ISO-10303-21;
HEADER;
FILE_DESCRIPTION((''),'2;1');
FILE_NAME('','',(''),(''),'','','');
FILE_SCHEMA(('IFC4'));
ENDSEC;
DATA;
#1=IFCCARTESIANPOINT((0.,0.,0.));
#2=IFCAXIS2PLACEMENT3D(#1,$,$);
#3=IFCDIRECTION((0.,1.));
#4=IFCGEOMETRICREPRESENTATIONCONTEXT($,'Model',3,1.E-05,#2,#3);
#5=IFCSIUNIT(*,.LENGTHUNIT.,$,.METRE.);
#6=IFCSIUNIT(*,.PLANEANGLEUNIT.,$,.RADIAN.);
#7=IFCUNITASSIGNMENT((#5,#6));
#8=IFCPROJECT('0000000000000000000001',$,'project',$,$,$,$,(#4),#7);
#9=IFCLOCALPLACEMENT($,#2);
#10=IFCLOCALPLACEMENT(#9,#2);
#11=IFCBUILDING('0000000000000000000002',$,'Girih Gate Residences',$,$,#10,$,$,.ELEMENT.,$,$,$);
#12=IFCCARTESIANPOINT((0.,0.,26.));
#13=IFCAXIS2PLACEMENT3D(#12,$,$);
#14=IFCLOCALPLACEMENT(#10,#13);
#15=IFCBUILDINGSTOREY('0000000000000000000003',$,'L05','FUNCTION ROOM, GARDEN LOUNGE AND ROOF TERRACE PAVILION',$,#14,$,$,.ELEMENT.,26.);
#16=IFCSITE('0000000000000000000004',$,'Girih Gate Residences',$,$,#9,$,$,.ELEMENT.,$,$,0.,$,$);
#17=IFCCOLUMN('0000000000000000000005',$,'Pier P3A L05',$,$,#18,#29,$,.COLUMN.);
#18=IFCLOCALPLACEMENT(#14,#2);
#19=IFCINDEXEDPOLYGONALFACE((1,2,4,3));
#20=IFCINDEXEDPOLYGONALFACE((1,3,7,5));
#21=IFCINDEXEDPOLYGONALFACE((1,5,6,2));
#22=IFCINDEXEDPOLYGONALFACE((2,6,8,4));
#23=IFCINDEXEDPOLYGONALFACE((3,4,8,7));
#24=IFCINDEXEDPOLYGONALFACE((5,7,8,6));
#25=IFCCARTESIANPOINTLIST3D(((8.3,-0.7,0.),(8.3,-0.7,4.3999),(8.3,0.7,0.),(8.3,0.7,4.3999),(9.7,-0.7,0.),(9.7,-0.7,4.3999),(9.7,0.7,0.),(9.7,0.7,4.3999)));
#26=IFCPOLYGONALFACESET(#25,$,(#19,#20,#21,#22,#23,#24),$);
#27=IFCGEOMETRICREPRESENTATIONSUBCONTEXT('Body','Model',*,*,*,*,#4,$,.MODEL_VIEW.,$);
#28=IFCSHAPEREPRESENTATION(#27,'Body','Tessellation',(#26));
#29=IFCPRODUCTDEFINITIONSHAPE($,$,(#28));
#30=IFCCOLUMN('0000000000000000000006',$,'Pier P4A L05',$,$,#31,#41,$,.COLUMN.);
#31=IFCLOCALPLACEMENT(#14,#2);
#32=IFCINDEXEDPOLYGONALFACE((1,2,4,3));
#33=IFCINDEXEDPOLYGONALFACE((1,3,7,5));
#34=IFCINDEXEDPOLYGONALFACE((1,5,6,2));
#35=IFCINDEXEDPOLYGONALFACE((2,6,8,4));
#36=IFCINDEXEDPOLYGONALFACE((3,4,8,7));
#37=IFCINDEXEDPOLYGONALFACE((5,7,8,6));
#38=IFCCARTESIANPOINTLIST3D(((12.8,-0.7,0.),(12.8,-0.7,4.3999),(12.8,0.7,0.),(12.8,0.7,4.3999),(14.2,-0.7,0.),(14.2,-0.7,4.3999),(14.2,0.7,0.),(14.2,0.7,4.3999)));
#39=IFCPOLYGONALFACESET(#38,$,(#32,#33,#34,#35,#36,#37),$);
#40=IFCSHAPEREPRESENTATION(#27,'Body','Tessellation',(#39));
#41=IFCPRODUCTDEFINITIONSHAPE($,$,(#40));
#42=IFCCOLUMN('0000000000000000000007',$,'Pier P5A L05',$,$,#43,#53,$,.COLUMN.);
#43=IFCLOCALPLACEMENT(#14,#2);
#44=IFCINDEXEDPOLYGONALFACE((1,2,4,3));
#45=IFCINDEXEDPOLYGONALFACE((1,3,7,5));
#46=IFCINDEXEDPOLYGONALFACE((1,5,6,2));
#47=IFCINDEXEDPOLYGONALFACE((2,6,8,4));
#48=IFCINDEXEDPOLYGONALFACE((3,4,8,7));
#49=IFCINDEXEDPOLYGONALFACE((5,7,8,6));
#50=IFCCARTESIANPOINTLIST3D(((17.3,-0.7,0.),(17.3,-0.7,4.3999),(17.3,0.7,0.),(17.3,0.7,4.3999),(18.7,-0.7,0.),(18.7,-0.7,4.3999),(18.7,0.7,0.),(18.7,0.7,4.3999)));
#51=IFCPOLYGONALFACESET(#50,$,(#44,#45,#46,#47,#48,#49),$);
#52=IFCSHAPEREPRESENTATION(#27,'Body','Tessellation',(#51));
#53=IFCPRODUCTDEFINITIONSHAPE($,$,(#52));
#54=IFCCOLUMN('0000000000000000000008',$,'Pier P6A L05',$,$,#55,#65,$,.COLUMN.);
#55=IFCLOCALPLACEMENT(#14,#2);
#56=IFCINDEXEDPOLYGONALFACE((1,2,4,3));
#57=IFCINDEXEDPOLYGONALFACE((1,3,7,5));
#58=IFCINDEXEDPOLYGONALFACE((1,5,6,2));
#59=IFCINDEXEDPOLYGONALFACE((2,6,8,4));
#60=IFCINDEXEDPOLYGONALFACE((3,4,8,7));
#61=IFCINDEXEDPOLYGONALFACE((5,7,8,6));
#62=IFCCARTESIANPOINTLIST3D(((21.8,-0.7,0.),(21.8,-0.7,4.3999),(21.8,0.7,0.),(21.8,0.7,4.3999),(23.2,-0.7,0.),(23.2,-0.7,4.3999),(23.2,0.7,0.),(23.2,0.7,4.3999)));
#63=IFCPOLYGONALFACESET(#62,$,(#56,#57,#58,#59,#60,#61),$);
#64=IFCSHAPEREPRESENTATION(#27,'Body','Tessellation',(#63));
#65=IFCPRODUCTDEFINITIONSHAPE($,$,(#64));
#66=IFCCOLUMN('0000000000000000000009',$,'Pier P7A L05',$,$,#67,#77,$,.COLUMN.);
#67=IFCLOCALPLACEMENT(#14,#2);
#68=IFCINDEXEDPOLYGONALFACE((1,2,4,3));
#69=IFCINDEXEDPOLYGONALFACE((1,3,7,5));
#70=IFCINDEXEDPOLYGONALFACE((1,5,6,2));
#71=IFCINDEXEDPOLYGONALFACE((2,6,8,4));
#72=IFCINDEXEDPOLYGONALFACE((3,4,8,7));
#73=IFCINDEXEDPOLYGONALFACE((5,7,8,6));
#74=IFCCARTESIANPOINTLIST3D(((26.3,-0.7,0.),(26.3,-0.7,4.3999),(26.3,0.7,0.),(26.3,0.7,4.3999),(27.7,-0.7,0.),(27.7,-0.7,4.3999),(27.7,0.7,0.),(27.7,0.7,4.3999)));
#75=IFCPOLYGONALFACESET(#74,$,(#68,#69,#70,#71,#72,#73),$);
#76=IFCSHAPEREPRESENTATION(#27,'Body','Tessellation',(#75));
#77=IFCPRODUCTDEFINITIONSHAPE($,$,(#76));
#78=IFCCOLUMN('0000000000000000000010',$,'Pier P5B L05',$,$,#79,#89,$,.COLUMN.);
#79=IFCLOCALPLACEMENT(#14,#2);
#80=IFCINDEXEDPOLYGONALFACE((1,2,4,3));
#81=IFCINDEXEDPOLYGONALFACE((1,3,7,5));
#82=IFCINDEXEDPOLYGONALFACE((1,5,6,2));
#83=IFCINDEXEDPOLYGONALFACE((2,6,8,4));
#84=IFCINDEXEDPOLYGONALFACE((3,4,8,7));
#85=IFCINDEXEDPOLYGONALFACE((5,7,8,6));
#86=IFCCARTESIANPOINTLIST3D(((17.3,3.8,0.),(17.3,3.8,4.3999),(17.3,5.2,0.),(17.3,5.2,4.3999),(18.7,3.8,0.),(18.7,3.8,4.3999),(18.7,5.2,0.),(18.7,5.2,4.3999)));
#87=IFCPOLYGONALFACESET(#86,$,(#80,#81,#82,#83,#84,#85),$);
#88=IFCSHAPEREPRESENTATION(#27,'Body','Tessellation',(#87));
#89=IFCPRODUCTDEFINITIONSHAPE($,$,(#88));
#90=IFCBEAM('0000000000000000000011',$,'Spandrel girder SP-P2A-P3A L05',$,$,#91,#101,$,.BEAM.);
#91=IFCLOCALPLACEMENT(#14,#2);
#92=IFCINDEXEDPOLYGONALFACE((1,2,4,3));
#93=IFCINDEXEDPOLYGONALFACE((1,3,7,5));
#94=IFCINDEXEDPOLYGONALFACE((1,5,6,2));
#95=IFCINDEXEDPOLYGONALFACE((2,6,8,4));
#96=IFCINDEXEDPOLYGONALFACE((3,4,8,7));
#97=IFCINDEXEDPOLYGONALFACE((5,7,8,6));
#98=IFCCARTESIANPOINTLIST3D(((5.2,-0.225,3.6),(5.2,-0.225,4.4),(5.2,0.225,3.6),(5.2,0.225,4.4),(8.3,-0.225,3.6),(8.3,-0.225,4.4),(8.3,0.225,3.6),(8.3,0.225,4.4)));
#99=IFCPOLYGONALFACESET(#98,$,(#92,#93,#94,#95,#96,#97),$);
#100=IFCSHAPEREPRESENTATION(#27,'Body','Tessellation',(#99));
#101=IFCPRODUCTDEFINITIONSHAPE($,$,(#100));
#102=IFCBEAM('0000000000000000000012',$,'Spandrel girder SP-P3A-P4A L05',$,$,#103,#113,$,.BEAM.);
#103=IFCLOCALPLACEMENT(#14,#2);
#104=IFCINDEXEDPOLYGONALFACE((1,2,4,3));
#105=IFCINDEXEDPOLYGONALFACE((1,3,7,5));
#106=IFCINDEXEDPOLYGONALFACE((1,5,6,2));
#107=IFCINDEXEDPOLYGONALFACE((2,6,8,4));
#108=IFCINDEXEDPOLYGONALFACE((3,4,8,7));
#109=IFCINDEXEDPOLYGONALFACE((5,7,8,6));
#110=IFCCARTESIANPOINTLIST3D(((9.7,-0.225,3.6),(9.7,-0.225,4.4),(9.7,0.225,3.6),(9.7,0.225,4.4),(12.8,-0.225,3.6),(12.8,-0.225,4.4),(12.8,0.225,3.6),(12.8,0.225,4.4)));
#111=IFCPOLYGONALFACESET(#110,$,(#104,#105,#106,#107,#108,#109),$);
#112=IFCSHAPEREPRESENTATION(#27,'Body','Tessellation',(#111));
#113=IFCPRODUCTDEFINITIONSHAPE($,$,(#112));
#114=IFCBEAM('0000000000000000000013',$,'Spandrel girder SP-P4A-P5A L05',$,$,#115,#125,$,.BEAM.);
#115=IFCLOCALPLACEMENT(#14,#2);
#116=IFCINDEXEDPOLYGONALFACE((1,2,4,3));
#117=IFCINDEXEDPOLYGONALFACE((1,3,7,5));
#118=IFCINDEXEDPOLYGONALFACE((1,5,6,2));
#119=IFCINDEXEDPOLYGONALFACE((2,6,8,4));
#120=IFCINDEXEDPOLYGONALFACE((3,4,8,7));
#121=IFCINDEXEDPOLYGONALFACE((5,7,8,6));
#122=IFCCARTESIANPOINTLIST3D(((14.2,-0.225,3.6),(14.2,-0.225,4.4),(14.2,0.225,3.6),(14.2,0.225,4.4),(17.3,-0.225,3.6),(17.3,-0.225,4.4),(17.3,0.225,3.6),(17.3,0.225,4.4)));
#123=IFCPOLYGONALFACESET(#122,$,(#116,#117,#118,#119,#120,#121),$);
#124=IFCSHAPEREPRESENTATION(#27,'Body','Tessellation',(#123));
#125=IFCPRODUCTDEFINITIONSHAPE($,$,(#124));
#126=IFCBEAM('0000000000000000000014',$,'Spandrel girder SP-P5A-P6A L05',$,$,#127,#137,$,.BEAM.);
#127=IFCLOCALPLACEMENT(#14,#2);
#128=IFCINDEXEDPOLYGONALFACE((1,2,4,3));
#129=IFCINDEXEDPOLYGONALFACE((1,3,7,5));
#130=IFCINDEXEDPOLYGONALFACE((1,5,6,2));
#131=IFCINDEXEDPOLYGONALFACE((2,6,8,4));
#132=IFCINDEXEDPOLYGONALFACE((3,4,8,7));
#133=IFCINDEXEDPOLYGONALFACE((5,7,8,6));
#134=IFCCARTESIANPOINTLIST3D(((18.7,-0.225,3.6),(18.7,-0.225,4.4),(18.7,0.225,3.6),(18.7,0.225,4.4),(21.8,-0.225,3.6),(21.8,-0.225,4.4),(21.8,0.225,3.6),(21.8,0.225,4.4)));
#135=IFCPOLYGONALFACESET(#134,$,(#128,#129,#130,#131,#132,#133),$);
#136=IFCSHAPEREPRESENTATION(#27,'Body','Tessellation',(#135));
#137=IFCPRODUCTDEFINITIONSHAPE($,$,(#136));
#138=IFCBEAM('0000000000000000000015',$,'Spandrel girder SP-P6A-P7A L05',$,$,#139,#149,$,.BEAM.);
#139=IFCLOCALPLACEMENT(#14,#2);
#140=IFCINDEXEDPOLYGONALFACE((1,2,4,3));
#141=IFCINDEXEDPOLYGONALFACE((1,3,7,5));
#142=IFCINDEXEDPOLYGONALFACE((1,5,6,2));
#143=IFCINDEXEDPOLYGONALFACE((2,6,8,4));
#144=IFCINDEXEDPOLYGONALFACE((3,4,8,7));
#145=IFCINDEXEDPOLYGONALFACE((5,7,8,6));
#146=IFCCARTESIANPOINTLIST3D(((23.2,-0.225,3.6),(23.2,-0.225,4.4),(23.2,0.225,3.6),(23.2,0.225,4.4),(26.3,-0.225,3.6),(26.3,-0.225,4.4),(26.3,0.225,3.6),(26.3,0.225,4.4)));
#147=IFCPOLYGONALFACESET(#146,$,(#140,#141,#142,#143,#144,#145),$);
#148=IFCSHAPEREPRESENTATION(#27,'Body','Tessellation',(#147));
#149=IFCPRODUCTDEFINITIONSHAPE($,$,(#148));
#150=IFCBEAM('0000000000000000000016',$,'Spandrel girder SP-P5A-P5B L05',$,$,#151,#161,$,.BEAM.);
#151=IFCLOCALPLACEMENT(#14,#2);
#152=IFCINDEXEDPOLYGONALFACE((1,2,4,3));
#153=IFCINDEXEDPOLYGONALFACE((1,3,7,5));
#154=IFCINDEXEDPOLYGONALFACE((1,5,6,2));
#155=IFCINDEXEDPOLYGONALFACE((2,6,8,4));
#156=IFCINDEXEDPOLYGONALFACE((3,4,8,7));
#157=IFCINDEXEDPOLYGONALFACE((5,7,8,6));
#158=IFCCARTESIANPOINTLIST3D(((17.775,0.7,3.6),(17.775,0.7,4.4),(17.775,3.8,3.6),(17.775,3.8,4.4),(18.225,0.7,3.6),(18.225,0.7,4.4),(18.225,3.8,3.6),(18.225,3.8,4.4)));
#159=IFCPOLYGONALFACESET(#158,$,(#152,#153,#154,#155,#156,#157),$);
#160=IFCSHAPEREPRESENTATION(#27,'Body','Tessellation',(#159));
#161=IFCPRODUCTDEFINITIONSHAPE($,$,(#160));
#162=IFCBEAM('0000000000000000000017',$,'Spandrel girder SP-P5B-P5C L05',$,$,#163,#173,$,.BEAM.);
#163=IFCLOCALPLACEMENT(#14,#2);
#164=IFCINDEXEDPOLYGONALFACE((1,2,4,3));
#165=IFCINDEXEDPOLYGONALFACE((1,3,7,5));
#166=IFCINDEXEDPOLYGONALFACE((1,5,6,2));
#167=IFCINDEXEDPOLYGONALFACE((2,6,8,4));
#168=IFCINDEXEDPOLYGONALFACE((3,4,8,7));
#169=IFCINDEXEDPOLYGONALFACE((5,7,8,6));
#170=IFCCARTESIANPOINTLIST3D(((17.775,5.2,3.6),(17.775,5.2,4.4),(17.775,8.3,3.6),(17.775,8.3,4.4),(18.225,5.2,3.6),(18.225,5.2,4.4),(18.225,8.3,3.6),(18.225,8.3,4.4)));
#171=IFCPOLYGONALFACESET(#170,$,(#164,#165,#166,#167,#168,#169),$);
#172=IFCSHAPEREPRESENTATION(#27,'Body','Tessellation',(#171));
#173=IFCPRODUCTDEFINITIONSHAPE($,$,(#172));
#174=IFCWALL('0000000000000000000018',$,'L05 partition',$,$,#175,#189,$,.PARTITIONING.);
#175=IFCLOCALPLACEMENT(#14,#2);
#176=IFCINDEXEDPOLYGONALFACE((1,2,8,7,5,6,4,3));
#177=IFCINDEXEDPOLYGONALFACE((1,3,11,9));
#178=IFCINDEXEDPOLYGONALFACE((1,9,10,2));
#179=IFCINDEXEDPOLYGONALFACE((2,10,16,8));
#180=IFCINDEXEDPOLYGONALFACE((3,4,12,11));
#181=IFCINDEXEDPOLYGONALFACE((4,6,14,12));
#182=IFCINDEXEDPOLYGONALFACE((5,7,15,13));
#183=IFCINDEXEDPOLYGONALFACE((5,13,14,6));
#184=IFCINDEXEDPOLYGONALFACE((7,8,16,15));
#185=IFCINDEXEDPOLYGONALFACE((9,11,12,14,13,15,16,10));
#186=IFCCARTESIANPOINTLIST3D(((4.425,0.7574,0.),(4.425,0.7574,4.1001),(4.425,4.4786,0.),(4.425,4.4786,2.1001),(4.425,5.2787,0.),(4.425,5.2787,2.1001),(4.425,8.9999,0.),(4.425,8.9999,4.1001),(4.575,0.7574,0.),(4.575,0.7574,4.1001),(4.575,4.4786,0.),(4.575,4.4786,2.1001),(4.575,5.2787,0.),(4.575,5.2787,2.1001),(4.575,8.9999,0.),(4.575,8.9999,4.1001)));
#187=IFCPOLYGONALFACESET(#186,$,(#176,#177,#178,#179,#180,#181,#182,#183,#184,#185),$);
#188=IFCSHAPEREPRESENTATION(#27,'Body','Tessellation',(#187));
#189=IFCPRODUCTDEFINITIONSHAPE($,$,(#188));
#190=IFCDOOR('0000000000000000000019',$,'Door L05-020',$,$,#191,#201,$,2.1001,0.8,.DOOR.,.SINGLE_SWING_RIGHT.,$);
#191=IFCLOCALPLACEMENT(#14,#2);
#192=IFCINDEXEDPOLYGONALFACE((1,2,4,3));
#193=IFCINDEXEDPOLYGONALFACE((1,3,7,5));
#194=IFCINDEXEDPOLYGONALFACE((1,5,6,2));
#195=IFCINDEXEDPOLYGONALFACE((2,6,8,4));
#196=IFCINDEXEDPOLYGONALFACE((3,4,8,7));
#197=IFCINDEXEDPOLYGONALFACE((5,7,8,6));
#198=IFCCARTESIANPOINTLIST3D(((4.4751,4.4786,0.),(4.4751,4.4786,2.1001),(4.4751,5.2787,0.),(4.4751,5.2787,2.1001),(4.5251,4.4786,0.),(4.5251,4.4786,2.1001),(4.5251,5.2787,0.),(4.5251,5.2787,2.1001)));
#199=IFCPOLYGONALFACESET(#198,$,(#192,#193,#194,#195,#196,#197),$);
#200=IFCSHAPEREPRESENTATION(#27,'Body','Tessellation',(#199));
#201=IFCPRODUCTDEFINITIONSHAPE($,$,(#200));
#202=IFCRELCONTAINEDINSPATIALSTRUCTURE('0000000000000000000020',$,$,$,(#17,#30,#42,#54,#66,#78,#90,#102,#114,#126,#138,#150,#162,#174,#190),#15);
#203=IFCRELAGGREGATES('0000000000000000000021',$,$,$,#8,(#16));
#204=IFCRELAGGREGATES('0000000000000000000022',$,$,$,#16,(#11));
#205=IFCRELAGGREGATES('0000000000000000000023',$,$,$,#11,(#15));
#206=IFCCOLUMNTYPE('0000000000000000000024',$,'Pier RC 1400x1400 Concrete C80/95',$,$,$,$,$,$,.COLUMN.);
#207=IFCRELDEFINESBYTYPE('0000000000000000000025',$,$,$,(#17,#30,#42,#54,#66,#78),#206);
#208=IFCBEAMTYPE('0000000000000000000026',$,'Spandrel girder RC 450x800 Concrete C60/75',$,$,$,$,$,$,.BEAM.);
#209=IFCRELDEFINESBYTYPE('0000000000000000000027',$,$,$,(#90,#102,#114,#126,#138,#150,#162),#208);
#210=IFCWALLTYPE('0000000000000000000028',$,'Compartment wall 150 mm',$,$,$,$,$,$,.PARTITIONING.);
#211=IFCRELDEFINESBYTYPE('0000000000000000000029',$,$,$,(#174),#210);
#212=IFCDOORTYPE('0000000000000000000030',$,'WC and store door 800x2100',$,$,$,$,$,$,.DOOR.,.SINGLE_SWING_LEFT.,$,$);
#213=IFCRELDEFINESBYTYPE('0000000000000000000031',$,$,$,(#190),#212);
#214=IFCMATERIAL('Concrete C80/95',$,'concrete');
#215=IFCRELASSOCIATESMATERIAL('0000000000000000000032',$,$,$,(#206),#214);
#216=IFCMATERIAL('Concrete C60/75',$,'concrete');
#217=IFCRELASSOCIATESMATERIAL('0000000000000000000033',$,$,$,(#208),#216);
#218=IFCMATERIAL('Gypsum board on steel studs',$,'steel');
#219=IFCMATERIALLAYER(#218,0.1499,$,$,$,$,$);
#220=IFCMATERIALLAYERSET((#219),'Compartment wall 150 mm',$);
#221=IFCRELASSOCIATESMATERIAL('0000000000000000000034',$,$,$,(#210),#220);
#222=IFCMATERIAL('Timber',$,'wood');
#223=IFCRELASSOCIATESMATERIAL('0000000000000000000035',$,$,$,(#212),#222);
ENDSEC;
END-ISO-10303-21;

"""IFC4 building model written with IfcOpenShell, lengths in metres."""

from ifc_helpers import new_model, si_unit, direction, frame, frame_2d, origin, origin_2d, place, context, subcontext, project, spatial, rectangle, extrude, material, layer, layer_set, material_profile, profile_set, type_object, element, fill, save


model = new_model("IFC4")

# Units and contexts
model_context = context("Model", 3, precision=1e-05, world=origin(), true_north=direction((0.0, 1.0)))
body_context = subcontext(model_context, "Body", "Model", "MODEL_VIEW")
ifc_project = project(units=[si_unit("LENGTHUNIT", "METRE"), si_unit("PLANEANGLEUNIT", "RADIAN")], contexts=[model_context])

# Site, building, storey
site_placement = place(None, origin())
site = spatial("IfcSite", under=ifc_project, at=site_placement, Name="Girih Gate Residences", CompositionType="ELEMENT", RefElevation=0.0)
building_placement = place(site_placement, origin())
building = spatial("IfcBuilding", under=site, at=building_placement, Name="Girih Gate Residences", CompositionType="ELEMENT")
storey_placement = place(building_placement, frame((0.0, 0.0, 26.0)))
storey = spatial("IfcBuildingStorey", under=building, at=storey_placement, Name="L05", Description="FUNCTION ROOM, GARDEN LOUNGE AND ROOF TERRACE PAVILION", CompositionType="ELEMENT", Elevation=26.0)

# Columns
ifc_material_1 = material(Name="Concrete C80/95", Category="concrete")
ifc_material_profile_1 = material_profile(ifc_material_1, rectangle(XDim=1.3999, YDim=1.3999, at=origin_2d()))
ifc_profile_set_1 = profile_set([ifc_material_profile_1], Name="Concrete C80/95")
column_type = type_object("IfcColumnType", Name="Pier RC 1400x1400 Concrete C80/95", PredefinedType="COLUMN", material=ifc_profile_set_1)
for number, where, z_axis, x_axis, name in (
    (1, (9.0, 0.0, 0.0), (0.0, 0.0, 1.0), (1.0, 0.0, 0.0), "Pier P3A L05"),
    (2, (13.5, 0.0, 0.0), (0.0, 0.0, 1.0), (1.0, 0.0, 0.0), "Pier P4A L05"),
    (3, (18.0, 0.0, 0.0), (0.0, 0.0, 1.0), (1.0, 0.0, 0.0), "Pier P5A L05"),
    (4, (22.5, 0.0, 0.0), (0.0, 0.0, 1.0), (1.0, 0.0, 0.0), "Pier P6A L05"),
    (5, (27.0, 0.0, 0.0), (0.0, 0.0, 1.0), (1.0, 0.0, 0.0), "Pier P7A L05"),
    (6, (18.0, 4.5, 0.0), (0.0, 0.0, 1.0), (1.0, 0.0, 0.0), "Pier P5B L05"),
):
    element("IfcColumn", number, at=place(storey_placement, frame(where, z_axis=z_axis, x_axis=x_axis)), inside=storey, type_object=column_type, Name=name, PredefinedType="COLUMN", context=body_context, shape_type="SweptSolid", body=[
        extrude(rectangle(XDim=1.3999, YDim=1.3999, at=origin_2d()), origin(), (0.0, 0.0, 1.0), 4.3999),
    ])

# Beams
ifc_material_2 = material(Name="Concrete C60/75", Category="concrete")
ifc_material_profile_2 = material_profile(ifc_material_2, rectangle(XDim=0.45, YDim=0.8, at=origin_2d()))
ifc_profile_set_2 = profile_set([ifc_material_profile_2], Name="Concrete C60/75")
beam_type = type_object("IfcBeamType", Name="Spandrel girder RC 450x800 Concrete C60/75", PredefinedType="BEAM", material=ifc_profile_set_2)
for number, where, z_axis, x_axis, name in (
    (7, (5.2, 0.0, 4.0), (1.0, 0.0, 0.0), (0.0, 1.0, 0.0), "Spandrel girder SP-P2A-P3A L05"),
    (8, (9.7, 0.0, 4.0), (1.0, 0.0, 0.0), (0.0, 1.0, 0.0), "Spandrel girder SP-P3A-P4A L05"),
    (9, (14.2, 0.0, 4.0), (1.0, 0.0, 0.0), (0.0, 1.0, 0.0), "Spandrel girder SP-P4A-P5A L05"),
    (10, (18.7, 0.0, 4.0), (1.0, 0.0, 0.0), (0.0, 1.0, 0.0), "Spandrel girder SP-P5A-P6A L05"),
    (11, (23.2, 0.0, 4.0), (1.0, 0.0, 0.0), (0.0, 1.0, 0.0), "Spandrel girder SP-P6A-P7A L05"),
    (12, (18.0, 0.7, 4.0), (0.0, 1.0, 0.0), (-1.0, 0.0, 0.0), "Spandrel girder SP-P5A-P5B L05"),
    (13, (18.0, 5.2, 4.0), (0.0, 1.0, 0.0), (-1.0, 0.0, 0.0), "Spandrel girder SP-P5B-P5C L05"),
):
    element("IfcBeam", number, at=place(storey_placement, frame(where, z_axis=z_axis, x_axis=x_axis)), inside=storey, type_object=beam_type, Name=name, PredefinedType="BEAM", context=body_context, shape_type="SweptSolid", body=[
        extrude(rectangle(XDim=0.45, YDim=0.8, at=origin_2d()), origin(), (0.0, 0.0, 1.0), 3.1001),
    ])

# Wall, opening, door
ifc_material_3 = material(Name="Gypsum board on steel studs", Category="steel")
ifc_layer_1 = layer(ifc_material_3, 0.1499)
ifc_layer_set_1 = layer_set([ifc_layer_1], Name="Compartment wall 150 mm")
wall_type_1 = type_object("IfcWallType", Name="Compartment wall 150 mm", PredefinedType="PARTITIONING", material=ifc_layer_set_1)
wall_1_placement = place(storey_placement, frame((4.5, 0.7576, 0.0), z_axis=(0.0, 0.0, 1.0), x_axis=(0.0, 1.0, 0.0)))
wall_1 = element("IfcWall", 14, at=wall_1_placement, inside=storey, type_object=wall_type_1, Name="L05 partition", PredefinedType="PARTITIONING", context=body_context, shape_type="SweptSolid", body=[
    extrude(rectangle(XDim=8.2424, YDim=0.1499, at=frame_2d((4.1211, 0.0))), origin(), (0.0, 0.0, 1.0), 4.1001),
])
opening_1_placement = place(wall_1_placement, frame((3.7212, 0.0, 0.0)))
opening_1 = element("IfcOpeningElement", 15, at=opening_1_placement, cuts=wall_1, PredefinedType="OPENING", context=body_context, shape_type="SweptSolid", body=[
    extrude(rectangle(XDim=0.8, YDim=2.1001, at=frame_2d((0.3999, 1.05))), frame((0.0, 0.085, 0.0), z_axis=(0.0, -1.0, 0.0), x_axis=(1.0, 0.0, 0.0)), (0.0, 0.0, 1.0), 0.1699),
])
ifc_material_4 = material(Name="Timber", Category="wood")
door_type = type_object("IfcDoorType", Name="WC and store door 800x2100", OperationType="SINGLE_SWING_LEFT", PredefinedType="DOOR", material=ifc_material_4)
door_1_placement = place(opening_1_placement, origin())
door_1 = element("IfcDoor", 16, at=door_1_placement, inside=storey, type_object=door_type, Name="Door L05-020", OperationType="SINGLE_SWING_RIGHT", OverallHeight=2.1001, OverallWidth=0.8, PredefinedType="DOOR", context=body_context, shape_type="SweptSolid", body=[
    extrude(rectangle(XDim=0.8, YDim=2.1001, at=frame_2d((0.3999, 1.05))), frame((0.0, 0.0249, 0.0), z_axis=(0.0, -1.0, 0.0), x_axis=(1.0, 0.0, 0.0)), (0.0, 0.0, 1.0), 0.05),
])
fill(opening_1, door_1)

save(model, "model.ifc")
